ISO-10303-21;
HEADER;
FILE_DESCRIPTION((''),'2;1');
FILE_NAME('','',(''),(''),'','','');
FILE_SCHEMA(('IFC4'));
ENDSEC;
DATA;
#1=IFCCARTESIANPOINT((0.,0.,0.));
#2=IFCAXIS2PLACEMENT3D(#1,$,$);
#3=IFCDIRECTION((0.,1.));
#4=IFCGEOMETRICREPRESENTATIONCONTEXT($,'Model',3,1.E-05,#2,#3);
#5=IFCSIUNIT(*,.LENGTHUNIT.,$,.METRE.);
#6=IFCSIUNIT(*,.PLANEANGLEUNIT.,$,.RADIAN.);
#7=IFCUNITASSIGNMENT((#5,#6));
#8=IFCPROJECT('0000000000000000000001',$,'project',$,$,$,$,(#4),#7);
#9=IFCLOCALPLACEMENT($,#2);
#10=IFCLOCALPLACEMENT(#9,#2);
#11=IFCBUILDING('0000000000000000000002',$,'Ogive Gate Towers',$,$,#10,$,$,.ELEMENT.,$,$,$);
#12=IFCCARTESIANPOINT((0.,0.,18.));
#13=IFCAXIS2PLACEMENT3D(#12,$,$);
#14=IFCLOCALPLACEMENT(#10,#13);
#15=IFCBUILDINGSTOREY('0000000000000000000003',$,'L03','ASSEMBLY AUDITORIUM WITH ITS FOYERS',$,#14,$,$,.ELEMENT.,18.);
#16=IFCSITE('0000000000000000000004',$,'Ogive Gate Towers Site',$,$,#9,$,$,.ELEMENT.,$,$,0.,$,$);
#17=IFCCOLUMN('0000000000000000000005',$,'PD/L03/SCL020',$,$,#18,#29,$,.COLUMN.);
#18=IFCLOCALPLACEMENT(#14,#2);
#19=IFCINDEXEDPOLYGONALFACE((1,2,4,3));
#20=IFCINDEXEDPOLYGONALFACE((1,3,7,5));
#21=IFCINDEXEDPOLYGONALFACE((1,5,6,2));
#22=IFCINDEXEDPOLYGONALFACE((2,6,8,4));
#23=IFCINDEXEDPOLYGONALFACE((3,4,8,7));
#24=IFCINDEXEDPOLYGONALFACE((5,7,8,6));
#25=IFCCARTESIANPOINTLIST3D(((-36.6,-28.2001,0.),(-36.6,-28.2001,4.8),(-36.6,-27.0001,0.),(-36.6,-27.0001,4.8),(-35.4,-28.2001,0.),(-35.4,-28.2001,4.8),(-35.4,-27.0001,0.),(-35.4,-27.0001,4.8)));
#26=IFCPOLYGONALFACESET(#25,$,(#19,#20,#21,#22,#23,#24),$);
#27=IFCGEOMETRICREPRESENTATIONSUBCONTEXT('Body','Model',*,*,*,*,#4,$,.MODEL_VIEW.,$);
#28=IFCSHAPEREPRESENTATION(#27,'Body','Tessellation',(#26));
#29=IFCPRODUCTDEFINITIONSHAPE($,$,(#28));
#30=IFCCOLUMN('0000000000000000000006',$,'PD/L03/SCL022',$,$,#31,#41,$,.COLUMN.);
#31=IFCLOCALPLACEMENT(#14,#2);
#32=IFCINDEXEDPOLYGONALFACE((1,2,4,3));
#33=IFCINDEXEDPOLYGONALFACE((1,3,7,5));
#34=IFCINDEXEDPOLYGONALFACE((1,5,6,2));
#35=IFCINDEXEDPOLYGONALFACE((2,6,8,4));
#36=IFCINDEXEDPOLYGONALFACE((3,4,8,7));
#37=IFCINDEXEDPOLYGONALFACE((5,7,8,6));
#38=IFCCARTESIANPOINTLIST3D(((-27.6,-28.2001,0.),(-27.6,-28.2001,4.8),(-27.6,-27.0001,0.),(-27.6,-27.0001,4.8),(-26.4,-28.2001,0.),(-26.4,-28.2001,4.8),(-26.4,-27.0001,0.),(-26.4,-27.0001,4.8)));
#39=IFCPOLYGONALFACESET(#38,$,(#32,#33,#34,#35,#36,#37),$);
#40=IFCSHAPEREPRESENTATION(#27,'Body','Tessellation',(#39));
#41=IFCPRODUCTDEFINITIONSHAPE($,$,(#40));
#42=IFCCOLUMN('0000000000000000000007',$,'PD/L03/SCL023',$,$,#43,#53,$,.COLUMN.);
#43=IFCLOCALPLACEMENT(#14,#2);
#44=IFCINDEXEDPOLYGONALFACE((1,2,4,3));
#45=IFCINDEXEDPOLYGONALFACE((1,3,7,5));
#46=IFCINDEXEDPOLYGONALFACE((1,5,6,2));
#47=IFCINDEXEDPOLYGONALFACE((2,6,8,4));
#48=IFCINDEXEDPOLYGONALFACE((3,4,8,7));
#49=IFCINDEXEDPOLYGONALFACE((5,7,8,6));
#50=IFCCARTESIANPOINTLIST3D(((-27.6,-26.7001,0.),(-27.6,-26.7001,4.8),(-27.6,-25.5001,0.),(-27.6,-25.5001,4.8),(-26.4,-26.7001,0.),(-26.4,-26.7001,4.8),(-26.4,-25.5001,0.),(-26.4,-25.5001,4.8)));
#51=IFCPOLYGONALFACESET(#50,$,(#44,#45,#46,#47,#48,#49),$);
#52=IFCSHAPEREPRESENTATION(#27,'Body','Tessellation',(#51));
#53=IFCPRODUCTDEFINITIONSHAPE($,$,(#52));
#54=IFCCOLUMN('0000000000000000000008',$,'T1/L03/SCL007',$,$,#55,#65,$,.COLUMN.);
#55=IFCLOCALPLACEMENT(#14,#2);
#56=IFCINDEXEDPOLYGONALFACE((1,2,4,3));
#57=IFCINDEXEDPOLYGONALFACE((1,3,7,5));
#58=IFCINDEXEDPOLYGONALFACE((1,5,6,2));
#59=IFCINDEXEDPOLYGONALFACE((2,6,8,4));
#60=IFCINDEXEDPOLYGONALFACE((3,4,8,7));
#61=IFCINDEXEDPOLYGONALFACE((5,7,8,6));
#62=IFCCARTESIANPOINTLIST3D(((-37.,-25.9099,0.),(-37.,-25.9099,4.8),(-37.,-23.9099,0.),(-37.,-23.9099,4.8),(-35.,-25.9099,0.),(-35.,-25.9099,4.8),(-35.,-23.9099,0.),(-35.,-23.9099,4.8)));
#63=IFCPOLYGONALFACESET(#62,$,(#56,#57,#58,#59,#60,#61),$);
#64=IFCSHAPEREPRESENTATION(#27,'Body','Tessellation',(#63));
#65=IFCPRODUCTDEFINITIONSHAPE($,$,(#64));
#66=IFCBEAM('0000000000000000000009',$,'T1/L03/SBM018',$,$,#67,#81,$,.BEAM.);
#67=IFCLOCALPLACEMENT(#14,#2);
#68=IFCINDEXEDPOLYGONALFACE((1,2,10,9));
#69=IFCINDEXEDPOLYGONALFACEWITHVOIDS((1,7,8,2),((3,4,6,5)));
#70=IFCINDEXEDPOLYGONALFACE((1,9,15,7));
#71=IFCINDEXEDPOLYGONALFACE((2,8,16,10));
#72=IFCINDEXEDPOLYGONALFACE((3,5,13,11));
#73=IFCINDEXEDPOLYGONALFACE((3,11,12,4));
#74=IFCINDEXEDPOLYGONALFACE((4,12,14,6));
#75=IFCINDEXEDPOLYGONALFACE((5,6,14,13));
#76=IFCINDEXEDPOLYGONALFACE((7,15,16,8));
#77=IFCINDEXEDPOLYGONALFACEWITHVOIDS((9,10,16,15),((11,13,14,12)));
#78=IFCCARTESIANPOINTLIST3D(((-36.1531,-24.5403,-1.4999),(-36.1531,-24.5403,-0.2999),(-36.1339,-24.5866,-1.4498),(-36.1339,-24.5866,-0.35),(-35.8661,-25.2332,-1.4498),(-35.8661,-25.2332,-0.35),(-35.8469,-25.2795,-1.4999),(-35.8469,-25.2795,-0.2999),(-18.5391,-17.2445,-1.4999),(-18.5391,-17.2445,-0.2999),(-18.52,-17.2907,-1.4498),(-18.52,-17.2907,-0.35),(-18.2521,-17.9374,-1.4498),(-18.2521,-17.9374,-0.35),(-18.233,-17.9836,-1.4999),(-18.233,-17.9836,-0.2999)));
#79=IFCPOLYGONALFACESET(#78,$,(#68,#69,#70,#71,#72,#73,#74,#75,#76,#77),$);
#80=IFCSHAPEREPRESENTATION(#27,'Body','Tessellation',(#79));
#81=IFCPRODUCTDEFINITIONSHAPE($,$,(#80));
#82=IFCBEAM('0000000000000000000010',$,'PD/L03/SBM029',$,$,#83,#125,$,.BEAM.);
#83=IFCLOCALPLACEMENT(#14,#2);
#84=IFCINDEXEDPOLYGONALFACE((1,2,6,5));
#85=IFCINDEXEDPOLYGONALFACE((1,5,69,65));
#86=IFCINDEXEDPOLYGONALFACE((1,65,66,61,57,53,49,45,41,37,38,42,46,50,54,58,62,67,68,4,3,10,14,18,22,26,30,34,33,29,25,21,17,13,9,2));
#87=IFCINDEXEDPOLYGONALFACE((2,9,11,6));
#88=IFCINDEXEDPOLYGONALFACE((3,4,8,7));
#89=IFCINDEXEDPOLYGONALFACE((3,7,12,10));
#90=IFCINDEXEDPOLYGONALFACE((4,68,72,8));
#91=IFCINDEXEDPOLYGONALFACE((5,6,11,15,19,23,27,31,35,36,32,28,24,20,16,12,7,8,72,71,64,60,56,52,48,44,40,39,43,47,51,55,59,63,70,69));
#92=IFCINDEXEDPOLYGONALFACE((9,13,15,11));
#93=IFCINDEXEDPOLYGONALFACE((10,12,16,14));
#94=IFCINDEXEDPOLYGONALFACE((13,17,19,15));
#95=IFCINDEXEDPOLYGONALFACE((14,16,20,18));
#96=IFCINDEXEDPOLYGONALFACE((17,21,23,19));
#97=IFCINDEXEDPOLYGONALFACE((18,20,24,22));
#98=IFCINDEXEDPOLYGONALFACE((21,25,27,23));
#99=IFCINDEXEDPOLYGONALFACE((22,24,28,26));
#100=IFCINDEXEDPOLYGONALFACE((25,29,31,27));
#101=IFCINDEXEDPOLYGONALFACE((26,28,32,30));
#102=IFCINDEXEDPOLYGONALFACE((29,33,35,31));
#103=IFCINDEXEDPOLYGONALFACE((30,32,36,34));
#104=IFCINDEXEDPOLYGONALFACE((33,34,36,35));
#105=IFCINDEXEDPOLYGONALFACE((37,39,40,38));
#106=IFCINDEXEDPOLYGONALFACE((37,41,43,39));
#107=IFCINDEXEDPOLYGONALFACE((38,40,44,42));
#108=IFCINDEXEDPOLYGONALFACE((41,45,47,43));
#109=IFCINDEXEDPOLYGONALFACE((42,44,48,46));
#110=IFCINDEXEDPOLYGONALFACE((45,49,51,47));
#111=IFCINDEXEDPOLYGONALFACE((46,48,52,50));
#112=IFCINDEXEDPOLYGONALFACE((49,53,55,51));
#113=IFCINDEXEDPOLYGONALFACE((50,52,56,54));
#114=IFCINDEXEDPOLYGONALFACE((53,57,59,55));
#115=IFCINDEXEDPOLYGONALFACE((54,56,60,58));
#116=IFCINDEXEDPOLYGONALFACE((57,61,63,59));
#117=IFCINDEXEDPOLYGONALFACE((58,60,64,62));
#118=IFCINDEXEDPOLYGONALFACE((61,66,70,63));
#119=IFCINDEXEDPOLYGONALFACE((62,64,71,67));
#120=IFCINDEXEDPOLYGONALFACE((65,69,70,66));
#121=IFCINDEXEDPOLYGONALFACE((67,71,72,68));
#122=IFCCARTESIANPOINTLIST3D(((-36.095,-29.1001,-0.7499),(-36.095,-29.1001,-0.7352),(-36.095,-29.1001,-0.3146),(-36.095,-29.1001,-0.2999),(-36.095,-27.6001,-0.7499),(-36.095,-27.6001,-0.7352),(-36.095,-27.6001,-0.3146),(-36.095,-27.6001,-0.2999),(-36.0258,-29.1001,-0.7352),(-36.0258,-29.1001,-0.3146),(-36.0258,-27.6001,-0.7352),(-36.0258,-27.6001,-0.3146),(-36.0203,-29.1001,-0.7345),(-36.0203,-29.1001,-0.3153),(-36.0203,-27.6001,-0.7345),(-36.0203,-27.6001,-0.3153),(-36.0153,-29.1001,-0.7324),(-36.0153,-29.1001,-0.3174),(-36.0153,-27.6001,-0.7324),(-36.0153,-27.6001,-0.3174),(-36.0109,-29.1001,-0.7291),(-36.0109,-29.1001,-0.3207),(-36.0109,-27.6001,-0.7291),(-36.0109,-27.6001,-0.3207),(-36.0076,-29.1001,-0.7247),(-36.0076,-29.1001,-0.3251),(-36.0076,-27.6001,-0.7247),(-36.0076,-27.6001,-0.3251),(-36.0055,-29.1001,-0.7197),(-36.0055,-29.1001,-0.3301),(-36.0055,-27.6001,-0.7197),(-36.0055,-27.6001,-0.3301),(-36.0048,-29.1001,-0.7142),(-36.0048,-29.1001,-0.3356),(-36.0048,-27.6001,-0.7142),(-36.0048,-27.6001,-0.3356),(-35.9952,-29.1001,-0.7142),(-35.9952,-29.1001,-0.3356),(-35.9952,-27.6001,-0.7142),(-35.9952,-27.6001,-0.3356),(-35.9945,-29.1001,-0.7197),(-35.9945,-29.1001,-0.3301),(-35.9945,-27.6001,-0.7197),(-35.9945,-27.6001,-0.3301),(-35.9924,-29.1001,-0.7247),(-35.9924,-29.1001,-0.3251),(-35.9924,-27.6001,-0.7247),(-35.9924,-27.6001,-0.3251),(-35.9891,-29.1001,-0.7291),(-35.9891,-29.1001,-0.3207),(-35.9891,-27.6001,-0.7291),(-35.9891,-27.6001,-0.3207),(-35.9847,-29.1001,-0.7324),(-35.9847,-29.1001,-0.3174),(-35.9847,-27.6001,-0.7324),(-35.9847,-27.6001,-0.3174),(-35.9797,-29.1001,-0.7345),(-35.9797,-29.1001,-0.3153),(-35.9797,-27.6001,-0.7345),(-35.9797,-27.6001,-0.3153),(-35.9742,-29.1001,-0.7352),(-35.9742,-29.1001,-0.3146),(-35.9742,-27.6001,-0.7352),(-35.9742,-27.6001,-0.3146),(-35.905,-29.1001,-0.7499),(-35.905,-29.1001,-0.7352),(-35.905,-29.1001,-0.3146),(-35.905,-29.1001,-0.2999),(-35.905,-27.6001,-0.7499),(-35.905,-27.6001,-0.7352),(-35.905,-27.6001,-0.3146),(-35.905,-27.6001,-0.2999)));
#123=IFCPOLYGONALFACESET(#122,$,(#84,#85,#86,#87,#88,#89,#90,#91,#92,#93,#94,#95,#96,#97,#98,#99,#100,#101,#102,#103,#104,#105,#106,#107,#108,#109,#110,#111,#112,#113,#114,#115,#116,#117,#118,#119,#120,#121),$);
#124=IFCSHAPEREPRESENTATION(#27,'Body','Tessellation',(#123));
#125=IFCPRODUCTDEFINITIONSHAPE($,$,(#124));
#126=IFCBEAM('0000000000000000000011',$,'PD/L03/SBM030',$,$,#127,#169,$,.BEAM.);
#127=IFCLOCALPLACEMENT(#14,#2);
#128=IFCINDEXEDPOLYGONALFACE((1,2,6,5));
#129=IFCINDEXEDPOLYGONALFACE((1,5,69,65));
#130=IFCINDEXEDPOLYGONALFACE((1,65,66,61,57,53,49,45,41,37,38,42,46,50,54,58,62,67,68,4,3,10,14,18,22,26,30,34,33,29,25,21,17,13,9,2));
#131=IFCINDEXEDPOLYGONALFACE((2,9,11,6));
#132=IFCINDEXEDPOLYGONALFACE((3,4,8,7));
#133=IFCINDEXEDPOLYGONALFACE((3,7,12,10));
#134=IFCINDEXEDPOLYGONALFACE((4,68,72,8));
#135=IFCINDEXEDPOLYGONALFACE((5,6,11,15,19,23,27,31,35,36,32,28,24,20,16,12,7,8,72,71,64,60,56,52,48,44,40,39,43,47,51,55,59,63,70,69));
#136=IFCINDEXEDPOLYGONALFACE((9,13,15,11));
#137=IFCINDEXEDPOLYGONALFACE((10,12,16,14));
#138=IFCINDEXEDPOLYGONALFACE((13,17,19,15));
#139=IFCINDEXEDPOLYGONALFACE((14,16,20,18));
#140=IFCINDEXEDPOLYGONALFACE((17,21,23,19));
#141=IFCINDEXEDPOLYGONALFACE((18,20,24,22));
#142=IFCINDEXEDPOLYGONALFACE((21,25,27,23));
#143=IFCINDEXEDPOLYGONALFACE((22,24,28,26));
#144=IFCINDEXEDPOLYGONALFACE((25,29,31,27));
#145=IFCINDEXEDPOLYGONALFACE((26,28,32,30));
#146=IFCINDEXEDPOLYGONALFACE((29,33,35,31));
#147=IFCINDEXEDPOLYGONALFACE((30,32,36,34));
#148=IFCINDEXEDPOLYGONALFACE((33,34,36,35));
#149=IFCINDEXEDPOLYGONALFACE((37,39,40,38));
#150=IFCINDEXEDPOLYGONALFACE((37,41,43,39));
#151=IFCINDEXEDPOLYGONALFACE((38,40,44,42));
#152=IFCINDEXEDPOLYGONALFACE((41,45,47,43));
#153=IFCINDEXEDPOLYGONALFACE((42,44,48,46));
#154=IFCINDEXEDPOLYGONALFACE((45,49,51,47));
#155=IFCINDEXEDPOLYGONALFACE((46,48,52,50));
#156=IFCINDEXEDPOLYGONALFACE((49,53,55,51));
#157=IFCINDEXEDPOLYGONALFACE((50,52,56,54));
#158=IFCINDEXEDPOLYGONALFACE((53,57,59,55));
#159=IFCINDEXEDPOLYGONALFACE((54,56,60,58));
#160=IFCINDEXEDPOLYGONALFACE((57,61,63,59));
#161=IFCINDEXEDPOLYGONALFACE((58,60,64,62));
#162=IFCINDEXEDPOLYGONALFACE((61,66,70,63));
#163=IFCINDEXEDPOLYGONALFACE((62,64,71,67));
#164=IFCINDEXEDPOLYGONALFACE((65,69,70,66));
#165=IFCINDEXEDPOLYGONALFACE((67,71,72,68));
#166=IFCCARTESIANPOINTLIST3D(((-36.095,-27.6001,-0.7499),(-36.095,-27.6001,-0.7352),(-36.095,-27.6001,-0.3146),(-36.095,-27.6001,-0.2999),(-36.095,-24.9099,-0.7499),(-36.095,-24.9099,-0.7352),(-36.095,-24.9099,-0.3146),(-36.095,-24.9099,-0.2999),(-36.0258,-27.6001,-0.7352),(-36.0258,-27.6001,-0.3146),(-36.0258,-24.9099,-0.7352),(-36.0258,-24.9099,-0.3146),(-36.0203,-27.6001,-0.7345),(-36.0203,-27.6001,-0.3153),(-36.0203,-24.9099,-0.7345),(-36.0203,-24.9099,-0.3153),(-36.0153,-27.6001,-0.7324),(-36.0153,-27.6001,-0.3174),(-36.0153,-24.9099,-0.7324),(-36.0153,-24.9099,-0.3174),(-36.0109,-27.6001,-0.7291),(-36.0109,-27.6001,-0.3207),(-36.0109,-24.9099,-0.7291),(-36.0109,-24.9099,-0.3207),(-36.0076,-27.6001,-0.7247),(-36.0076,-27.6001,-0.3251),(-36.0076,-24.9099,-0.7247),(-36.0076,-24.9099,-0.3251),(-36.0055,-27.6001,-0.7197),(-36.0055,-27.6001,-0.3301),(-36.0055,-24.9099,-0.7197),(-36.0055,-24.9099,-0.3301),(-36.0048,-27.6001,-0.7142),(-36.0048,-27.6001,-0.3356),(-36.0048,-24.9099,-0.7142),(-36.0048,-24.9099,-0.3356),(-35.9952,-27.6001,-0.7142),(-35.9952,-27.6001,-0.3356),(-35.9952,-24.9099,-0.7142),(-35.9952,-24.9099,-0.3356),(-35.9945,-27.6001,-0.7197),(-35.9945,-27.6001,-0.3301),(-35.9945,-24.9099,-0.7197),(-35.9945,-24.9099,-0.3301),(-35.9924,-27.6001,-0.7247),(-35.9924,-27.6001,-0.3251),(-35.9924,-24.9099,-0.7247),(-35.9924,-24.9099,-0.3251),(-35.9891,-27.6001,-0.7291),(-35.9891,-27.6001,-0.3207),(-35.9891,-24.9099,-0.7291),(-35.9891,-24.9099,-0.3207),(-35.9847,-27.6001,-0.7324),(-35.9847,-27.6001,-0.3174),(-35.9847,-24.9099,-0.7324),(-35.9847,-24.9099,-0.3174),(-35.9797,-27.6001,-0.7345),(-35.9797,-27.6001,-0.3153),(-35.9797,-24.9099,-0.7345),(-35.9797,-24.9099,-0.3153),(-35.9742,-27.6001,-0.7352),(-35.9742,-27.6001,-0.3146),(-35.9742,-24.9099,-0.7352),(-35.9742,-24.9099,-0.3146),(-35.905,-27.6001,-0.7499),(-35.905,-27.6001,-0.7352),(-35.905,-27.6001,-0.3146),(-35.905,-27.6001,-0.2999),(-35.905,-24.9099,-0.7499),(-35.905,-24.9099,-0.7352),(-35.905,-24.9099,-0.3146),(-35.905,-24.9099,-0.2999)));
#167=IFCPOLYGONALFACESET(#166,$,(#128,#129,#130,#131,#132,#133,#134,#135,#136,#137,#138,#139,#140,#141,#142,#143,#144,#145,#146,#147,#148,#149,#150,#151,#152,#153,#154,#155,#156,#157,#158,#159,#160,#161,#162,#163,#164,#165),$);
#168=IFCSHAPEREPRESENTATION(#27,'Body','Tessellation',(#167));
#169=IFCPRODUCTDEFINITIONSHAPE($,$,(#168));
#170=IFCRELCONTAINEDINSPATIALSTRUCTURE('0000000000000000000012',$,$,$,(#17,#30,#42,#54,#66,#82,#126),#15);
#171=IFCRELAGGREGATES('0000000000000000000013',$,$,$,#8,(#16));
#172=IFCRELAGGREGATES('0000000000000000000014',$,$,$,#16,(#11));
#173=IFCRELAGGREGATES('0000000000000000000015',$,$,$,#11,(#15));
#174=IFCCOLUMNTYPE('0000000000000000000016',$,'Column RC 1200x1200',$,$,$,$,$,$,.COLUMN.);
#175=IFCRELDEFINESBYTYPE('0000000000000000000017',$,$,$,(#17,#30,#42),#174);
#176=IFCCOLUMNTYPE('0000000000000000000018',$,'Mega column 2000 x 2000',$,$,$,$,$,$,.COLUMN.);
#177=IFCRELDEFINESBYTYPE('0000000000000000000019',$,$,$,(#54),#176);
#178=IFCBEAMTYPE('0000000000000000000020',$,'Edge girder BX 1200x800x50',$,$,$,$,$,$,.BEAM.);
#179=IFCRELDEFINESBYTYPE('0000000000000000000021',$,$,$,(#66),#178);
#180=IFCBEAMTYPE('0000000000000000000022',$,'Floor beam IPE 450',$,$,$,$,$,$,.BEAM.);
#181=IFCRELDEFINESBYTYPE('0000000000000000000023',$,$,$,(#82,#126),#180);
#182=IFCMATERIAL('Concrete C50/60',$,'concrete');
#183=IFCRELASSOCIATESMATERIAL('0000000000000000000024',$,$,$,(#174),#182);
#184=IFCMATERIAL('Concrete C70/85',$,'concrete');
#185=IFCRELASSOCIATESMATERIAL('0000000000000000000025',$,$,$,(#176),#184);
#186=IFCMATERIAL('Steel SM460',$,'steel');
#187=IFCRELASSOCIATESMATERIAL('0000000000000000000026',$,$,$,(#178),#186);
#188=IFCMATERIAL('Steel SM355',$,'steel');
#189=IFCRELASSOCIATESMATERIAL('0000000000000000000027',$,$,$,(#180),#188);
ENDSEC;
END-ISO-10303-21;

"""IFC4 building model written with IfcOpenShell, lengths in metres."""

from ifc_helpers import new_model, si_unit, direction, frame, origin, origin_2d, place, context, subcontext, project, spatial, rectangle, hollow_rectangle, i_section, extrude, material, material_profile, profile_set, type_object, element, save


model = new_model("IFC4")

# Units and contexts
model_context = context("Model", 3, precision=1e-05, world=origin(), true_north=direction((0.0, 1.0)))
body_context = subcontext(model_context, "Body", "Model", "MODEL_VIEW")
ifc_project = project(units=[si_unit("LENGTHUNIT", "METRE"), si_unit("PLANEANGLEUNIT", "RADIAN")], contexts=[model_context])

# Site, building, storey
site_placement = place(None, origin())
site = spatial("IfcSite", under=ifc_project, at=site_placement, Name="Ogive Gate Towers Site", CompositionType="ELEMENT", RefElevation=0.0)
building_placement = place(site_placement, origin())
building = spatial("IfcBuilding", under=site, at=building_placement, Name="Ogive Gate Towers", CompositionType="ELEMENT")
storey_placement = place(building_placement, frame((0.0, 0.0, 18.0)))
storey = spatial("IfcBuildingStorey", under=building, at=storey_placement, Name="L03", Description="ASSEMBLY AUDITORIUM WITH ITS FOYERS", CompositionType="ELEMENT", Elevation=18.0)

# Columns
ifc_material_1 = material(Name="Concrete C50/60", Category="concrete")
ifc_material_profile_1 = material_profile(ifc_material_1, rectangle(XDim=1.2, YDim=1.2, at=origin_2d()), Name="RC 1200x1200")
ifc_profile_set_1 = profile_set([ifc_material_profile_1], Name="Concrete C50/60")
column_type_1 = type_object("IfcColumnType", Name="Column RC 1200x1200", PredefinedType="COLUMN", material=ifc_profile_set_1)
for number, where, z_axis, x_axis, name in (
    (1, (-36.0, -27.6001, 0.0), (0.0, 0.0, 1.0), (1.0, 0.0, 0.0), "PD/L03/SCL020"),
    (2, (-27.0, -27.6001, 0.0), (0.0, 0.0, 1.0), (1.0, 0.0, 0.0), "PD/L03/SCL022"),
    (3, (-27.0, -26.1001, 0.0), (0.0, 0.0, 1.0), (1.0, 0.0, 0.0), "PD/L03/SCL023"),
):
    element("IfcColumn", number, at=place(storey_placement, frame(where, z_axis=z_axis, x_axis=x_axis)), inside=storey, type_object=column_type_1, Name=name, PredefinedType="COLUMN", context=body_context, shape_type="SweptSolid", body=[
        extrude(rectangle(XDim=1.2, YDim=1.2, at=origin_2d()), origin(), (0.0, 0.0, 1.0), 4.8),
    ])
ifc_material_2 = material(Name="Concrete C70/85", Category="concrete")
ifc_material_profile_2 = material_profile(ifc_material_2, rectangle(XDim=2.0, YDim=2.0, at=origin_2d()), Name="RC 2000x2000")
ifc_profile_set_2 = profile_set([ifc_material_profile_2], Name="Concrete C70/85")
column_type_2 = type_object("IfcColumnType", Name="Mega column 2000 x 2000", PredefinedType="COLUMN", material=ifc_profile_set_2)
column_placement = place(storey_placement, frame((-36.0, -24.9099, 0.0), z_axis=(0.0, 0.0, 1.0), x_axis=(0.0, -1.0, 0.0)))
element("IfcColumn", 4, at=column_placement, inside=storey, type_object=column_type_2, Name="T1/L03/SCL007", PredefinedType="COLUMN", context=body_context, shape_type="SweptSolid", body=[
    extrude(rectangle(XDim=2.0, YDim=2.0, at=origin_2d()), origin(), (0.0, 0.0, 1.0), 4.8),
])

# Beams
ifc_material_3 = material(Name="Steel SM460", Category="steel")
ifc_material_profile_3 = material_profile(ifc_material_3, hollow_rectangle(XDim=0.8, YDim=1.2, WallThickness=0.05, at=origin_2d()), Name="BX 1200x800x50")
ifc_profile_set_3 = profile_set([ifc_material_profile_3], Name="Steel SM460")
beam_type_1 = type_object("IfcBeamType", Name="Edge girder BX 1200x800x50", PredefinedType="BEAM", material=ifc_profile_set_3)
beam_1_placement = place(storey_placement, frame((-36.0, -24.9099, -0.8999), z_axis=(0.923881, 0.382681, 0.0), x_axis=(-0.382681, 0.923881, 0.0)))
element("IfcBeam", 5, at=beam_1_placement, inside=storey, type_object=beam_type_1, Name="T1/L03/SBM018", PredefinedType="BEAM", context=body_context, shape_type="SweptSolid", body=[
    extrude(hollow_rectangle(XDim=0.8, YDim=1.2, WallThickness=0.05, at=origin_2d()), origin(), (0.0, 0.0, 1.0), 19.0652),
])
ifc_material_4 = material(Name="Steel SM355", Category="steel")
ifc_material_profile_4 = material_profile(ifc_material_4, i_section(OverallWidth=0.1899, OverallDepth=0.45, WebThickness=0.0095, FlangeThickness=0.0146, FilletRadius=0.021, at=origin_2d()), Name="IPE 450")
ifc_profile_set_4 = profile_set([ifc_material_profile_4], Name="Steel SM355")
beam_type_2 = type_object("IfcBeamType", Name="Floor beam IPE 450", PredefinedType="BEAM", material=ifc_profile_set_4)
beam_2_placement = place(storey_placement, frame((-36.0, -29.1001, -0.5249), z_axis=(0.0, 1.0, 0.0), x_axis=(-1.0, 0.0, 0.0)))
element("IfcBeam", 6, at=beam_2_placement, inside=storey, type_object=beam_type_2, Name="PD/L03/SBM029", PredefinedType="BEAM", context=body_context, shape_type="SweptSolid", body=[
    extrude(i_section(OverallWidth=0.1899, OverallDepth=0.45, WebThickness=0.0095, FlangeThickness=0.0146, FilletRadius=0.021, at=origin_2d()), origin(), (0.0, 0.0, 1.0), 1.5),
])
beam_3_placement = place(storey_placement, frame((-36.0, -27.6001, -0.5249), z_axis=(0.0, 1.0, 0.0), x_axis=(-1.0, 0.0, 0.0)))
element("IfcBeam", 7, at=beam_3_placement, inside=storey, type_object=beam_type_2, Name="PD/L03/SBM030", PredefinedType="BEAM", context=body_context, shape_type="SweptSolid", body=[
    extrude(i_section(OverallWidth=0.1899, OverallDepth=0.45, WebThickness=0.0095, FlangeThickness=0.0146, FilletRadius=0.021, at=origin_2d()), origin(), (0.0, 0.0, 1.0), 2.6902),
])

save(model, "model.ifc")
